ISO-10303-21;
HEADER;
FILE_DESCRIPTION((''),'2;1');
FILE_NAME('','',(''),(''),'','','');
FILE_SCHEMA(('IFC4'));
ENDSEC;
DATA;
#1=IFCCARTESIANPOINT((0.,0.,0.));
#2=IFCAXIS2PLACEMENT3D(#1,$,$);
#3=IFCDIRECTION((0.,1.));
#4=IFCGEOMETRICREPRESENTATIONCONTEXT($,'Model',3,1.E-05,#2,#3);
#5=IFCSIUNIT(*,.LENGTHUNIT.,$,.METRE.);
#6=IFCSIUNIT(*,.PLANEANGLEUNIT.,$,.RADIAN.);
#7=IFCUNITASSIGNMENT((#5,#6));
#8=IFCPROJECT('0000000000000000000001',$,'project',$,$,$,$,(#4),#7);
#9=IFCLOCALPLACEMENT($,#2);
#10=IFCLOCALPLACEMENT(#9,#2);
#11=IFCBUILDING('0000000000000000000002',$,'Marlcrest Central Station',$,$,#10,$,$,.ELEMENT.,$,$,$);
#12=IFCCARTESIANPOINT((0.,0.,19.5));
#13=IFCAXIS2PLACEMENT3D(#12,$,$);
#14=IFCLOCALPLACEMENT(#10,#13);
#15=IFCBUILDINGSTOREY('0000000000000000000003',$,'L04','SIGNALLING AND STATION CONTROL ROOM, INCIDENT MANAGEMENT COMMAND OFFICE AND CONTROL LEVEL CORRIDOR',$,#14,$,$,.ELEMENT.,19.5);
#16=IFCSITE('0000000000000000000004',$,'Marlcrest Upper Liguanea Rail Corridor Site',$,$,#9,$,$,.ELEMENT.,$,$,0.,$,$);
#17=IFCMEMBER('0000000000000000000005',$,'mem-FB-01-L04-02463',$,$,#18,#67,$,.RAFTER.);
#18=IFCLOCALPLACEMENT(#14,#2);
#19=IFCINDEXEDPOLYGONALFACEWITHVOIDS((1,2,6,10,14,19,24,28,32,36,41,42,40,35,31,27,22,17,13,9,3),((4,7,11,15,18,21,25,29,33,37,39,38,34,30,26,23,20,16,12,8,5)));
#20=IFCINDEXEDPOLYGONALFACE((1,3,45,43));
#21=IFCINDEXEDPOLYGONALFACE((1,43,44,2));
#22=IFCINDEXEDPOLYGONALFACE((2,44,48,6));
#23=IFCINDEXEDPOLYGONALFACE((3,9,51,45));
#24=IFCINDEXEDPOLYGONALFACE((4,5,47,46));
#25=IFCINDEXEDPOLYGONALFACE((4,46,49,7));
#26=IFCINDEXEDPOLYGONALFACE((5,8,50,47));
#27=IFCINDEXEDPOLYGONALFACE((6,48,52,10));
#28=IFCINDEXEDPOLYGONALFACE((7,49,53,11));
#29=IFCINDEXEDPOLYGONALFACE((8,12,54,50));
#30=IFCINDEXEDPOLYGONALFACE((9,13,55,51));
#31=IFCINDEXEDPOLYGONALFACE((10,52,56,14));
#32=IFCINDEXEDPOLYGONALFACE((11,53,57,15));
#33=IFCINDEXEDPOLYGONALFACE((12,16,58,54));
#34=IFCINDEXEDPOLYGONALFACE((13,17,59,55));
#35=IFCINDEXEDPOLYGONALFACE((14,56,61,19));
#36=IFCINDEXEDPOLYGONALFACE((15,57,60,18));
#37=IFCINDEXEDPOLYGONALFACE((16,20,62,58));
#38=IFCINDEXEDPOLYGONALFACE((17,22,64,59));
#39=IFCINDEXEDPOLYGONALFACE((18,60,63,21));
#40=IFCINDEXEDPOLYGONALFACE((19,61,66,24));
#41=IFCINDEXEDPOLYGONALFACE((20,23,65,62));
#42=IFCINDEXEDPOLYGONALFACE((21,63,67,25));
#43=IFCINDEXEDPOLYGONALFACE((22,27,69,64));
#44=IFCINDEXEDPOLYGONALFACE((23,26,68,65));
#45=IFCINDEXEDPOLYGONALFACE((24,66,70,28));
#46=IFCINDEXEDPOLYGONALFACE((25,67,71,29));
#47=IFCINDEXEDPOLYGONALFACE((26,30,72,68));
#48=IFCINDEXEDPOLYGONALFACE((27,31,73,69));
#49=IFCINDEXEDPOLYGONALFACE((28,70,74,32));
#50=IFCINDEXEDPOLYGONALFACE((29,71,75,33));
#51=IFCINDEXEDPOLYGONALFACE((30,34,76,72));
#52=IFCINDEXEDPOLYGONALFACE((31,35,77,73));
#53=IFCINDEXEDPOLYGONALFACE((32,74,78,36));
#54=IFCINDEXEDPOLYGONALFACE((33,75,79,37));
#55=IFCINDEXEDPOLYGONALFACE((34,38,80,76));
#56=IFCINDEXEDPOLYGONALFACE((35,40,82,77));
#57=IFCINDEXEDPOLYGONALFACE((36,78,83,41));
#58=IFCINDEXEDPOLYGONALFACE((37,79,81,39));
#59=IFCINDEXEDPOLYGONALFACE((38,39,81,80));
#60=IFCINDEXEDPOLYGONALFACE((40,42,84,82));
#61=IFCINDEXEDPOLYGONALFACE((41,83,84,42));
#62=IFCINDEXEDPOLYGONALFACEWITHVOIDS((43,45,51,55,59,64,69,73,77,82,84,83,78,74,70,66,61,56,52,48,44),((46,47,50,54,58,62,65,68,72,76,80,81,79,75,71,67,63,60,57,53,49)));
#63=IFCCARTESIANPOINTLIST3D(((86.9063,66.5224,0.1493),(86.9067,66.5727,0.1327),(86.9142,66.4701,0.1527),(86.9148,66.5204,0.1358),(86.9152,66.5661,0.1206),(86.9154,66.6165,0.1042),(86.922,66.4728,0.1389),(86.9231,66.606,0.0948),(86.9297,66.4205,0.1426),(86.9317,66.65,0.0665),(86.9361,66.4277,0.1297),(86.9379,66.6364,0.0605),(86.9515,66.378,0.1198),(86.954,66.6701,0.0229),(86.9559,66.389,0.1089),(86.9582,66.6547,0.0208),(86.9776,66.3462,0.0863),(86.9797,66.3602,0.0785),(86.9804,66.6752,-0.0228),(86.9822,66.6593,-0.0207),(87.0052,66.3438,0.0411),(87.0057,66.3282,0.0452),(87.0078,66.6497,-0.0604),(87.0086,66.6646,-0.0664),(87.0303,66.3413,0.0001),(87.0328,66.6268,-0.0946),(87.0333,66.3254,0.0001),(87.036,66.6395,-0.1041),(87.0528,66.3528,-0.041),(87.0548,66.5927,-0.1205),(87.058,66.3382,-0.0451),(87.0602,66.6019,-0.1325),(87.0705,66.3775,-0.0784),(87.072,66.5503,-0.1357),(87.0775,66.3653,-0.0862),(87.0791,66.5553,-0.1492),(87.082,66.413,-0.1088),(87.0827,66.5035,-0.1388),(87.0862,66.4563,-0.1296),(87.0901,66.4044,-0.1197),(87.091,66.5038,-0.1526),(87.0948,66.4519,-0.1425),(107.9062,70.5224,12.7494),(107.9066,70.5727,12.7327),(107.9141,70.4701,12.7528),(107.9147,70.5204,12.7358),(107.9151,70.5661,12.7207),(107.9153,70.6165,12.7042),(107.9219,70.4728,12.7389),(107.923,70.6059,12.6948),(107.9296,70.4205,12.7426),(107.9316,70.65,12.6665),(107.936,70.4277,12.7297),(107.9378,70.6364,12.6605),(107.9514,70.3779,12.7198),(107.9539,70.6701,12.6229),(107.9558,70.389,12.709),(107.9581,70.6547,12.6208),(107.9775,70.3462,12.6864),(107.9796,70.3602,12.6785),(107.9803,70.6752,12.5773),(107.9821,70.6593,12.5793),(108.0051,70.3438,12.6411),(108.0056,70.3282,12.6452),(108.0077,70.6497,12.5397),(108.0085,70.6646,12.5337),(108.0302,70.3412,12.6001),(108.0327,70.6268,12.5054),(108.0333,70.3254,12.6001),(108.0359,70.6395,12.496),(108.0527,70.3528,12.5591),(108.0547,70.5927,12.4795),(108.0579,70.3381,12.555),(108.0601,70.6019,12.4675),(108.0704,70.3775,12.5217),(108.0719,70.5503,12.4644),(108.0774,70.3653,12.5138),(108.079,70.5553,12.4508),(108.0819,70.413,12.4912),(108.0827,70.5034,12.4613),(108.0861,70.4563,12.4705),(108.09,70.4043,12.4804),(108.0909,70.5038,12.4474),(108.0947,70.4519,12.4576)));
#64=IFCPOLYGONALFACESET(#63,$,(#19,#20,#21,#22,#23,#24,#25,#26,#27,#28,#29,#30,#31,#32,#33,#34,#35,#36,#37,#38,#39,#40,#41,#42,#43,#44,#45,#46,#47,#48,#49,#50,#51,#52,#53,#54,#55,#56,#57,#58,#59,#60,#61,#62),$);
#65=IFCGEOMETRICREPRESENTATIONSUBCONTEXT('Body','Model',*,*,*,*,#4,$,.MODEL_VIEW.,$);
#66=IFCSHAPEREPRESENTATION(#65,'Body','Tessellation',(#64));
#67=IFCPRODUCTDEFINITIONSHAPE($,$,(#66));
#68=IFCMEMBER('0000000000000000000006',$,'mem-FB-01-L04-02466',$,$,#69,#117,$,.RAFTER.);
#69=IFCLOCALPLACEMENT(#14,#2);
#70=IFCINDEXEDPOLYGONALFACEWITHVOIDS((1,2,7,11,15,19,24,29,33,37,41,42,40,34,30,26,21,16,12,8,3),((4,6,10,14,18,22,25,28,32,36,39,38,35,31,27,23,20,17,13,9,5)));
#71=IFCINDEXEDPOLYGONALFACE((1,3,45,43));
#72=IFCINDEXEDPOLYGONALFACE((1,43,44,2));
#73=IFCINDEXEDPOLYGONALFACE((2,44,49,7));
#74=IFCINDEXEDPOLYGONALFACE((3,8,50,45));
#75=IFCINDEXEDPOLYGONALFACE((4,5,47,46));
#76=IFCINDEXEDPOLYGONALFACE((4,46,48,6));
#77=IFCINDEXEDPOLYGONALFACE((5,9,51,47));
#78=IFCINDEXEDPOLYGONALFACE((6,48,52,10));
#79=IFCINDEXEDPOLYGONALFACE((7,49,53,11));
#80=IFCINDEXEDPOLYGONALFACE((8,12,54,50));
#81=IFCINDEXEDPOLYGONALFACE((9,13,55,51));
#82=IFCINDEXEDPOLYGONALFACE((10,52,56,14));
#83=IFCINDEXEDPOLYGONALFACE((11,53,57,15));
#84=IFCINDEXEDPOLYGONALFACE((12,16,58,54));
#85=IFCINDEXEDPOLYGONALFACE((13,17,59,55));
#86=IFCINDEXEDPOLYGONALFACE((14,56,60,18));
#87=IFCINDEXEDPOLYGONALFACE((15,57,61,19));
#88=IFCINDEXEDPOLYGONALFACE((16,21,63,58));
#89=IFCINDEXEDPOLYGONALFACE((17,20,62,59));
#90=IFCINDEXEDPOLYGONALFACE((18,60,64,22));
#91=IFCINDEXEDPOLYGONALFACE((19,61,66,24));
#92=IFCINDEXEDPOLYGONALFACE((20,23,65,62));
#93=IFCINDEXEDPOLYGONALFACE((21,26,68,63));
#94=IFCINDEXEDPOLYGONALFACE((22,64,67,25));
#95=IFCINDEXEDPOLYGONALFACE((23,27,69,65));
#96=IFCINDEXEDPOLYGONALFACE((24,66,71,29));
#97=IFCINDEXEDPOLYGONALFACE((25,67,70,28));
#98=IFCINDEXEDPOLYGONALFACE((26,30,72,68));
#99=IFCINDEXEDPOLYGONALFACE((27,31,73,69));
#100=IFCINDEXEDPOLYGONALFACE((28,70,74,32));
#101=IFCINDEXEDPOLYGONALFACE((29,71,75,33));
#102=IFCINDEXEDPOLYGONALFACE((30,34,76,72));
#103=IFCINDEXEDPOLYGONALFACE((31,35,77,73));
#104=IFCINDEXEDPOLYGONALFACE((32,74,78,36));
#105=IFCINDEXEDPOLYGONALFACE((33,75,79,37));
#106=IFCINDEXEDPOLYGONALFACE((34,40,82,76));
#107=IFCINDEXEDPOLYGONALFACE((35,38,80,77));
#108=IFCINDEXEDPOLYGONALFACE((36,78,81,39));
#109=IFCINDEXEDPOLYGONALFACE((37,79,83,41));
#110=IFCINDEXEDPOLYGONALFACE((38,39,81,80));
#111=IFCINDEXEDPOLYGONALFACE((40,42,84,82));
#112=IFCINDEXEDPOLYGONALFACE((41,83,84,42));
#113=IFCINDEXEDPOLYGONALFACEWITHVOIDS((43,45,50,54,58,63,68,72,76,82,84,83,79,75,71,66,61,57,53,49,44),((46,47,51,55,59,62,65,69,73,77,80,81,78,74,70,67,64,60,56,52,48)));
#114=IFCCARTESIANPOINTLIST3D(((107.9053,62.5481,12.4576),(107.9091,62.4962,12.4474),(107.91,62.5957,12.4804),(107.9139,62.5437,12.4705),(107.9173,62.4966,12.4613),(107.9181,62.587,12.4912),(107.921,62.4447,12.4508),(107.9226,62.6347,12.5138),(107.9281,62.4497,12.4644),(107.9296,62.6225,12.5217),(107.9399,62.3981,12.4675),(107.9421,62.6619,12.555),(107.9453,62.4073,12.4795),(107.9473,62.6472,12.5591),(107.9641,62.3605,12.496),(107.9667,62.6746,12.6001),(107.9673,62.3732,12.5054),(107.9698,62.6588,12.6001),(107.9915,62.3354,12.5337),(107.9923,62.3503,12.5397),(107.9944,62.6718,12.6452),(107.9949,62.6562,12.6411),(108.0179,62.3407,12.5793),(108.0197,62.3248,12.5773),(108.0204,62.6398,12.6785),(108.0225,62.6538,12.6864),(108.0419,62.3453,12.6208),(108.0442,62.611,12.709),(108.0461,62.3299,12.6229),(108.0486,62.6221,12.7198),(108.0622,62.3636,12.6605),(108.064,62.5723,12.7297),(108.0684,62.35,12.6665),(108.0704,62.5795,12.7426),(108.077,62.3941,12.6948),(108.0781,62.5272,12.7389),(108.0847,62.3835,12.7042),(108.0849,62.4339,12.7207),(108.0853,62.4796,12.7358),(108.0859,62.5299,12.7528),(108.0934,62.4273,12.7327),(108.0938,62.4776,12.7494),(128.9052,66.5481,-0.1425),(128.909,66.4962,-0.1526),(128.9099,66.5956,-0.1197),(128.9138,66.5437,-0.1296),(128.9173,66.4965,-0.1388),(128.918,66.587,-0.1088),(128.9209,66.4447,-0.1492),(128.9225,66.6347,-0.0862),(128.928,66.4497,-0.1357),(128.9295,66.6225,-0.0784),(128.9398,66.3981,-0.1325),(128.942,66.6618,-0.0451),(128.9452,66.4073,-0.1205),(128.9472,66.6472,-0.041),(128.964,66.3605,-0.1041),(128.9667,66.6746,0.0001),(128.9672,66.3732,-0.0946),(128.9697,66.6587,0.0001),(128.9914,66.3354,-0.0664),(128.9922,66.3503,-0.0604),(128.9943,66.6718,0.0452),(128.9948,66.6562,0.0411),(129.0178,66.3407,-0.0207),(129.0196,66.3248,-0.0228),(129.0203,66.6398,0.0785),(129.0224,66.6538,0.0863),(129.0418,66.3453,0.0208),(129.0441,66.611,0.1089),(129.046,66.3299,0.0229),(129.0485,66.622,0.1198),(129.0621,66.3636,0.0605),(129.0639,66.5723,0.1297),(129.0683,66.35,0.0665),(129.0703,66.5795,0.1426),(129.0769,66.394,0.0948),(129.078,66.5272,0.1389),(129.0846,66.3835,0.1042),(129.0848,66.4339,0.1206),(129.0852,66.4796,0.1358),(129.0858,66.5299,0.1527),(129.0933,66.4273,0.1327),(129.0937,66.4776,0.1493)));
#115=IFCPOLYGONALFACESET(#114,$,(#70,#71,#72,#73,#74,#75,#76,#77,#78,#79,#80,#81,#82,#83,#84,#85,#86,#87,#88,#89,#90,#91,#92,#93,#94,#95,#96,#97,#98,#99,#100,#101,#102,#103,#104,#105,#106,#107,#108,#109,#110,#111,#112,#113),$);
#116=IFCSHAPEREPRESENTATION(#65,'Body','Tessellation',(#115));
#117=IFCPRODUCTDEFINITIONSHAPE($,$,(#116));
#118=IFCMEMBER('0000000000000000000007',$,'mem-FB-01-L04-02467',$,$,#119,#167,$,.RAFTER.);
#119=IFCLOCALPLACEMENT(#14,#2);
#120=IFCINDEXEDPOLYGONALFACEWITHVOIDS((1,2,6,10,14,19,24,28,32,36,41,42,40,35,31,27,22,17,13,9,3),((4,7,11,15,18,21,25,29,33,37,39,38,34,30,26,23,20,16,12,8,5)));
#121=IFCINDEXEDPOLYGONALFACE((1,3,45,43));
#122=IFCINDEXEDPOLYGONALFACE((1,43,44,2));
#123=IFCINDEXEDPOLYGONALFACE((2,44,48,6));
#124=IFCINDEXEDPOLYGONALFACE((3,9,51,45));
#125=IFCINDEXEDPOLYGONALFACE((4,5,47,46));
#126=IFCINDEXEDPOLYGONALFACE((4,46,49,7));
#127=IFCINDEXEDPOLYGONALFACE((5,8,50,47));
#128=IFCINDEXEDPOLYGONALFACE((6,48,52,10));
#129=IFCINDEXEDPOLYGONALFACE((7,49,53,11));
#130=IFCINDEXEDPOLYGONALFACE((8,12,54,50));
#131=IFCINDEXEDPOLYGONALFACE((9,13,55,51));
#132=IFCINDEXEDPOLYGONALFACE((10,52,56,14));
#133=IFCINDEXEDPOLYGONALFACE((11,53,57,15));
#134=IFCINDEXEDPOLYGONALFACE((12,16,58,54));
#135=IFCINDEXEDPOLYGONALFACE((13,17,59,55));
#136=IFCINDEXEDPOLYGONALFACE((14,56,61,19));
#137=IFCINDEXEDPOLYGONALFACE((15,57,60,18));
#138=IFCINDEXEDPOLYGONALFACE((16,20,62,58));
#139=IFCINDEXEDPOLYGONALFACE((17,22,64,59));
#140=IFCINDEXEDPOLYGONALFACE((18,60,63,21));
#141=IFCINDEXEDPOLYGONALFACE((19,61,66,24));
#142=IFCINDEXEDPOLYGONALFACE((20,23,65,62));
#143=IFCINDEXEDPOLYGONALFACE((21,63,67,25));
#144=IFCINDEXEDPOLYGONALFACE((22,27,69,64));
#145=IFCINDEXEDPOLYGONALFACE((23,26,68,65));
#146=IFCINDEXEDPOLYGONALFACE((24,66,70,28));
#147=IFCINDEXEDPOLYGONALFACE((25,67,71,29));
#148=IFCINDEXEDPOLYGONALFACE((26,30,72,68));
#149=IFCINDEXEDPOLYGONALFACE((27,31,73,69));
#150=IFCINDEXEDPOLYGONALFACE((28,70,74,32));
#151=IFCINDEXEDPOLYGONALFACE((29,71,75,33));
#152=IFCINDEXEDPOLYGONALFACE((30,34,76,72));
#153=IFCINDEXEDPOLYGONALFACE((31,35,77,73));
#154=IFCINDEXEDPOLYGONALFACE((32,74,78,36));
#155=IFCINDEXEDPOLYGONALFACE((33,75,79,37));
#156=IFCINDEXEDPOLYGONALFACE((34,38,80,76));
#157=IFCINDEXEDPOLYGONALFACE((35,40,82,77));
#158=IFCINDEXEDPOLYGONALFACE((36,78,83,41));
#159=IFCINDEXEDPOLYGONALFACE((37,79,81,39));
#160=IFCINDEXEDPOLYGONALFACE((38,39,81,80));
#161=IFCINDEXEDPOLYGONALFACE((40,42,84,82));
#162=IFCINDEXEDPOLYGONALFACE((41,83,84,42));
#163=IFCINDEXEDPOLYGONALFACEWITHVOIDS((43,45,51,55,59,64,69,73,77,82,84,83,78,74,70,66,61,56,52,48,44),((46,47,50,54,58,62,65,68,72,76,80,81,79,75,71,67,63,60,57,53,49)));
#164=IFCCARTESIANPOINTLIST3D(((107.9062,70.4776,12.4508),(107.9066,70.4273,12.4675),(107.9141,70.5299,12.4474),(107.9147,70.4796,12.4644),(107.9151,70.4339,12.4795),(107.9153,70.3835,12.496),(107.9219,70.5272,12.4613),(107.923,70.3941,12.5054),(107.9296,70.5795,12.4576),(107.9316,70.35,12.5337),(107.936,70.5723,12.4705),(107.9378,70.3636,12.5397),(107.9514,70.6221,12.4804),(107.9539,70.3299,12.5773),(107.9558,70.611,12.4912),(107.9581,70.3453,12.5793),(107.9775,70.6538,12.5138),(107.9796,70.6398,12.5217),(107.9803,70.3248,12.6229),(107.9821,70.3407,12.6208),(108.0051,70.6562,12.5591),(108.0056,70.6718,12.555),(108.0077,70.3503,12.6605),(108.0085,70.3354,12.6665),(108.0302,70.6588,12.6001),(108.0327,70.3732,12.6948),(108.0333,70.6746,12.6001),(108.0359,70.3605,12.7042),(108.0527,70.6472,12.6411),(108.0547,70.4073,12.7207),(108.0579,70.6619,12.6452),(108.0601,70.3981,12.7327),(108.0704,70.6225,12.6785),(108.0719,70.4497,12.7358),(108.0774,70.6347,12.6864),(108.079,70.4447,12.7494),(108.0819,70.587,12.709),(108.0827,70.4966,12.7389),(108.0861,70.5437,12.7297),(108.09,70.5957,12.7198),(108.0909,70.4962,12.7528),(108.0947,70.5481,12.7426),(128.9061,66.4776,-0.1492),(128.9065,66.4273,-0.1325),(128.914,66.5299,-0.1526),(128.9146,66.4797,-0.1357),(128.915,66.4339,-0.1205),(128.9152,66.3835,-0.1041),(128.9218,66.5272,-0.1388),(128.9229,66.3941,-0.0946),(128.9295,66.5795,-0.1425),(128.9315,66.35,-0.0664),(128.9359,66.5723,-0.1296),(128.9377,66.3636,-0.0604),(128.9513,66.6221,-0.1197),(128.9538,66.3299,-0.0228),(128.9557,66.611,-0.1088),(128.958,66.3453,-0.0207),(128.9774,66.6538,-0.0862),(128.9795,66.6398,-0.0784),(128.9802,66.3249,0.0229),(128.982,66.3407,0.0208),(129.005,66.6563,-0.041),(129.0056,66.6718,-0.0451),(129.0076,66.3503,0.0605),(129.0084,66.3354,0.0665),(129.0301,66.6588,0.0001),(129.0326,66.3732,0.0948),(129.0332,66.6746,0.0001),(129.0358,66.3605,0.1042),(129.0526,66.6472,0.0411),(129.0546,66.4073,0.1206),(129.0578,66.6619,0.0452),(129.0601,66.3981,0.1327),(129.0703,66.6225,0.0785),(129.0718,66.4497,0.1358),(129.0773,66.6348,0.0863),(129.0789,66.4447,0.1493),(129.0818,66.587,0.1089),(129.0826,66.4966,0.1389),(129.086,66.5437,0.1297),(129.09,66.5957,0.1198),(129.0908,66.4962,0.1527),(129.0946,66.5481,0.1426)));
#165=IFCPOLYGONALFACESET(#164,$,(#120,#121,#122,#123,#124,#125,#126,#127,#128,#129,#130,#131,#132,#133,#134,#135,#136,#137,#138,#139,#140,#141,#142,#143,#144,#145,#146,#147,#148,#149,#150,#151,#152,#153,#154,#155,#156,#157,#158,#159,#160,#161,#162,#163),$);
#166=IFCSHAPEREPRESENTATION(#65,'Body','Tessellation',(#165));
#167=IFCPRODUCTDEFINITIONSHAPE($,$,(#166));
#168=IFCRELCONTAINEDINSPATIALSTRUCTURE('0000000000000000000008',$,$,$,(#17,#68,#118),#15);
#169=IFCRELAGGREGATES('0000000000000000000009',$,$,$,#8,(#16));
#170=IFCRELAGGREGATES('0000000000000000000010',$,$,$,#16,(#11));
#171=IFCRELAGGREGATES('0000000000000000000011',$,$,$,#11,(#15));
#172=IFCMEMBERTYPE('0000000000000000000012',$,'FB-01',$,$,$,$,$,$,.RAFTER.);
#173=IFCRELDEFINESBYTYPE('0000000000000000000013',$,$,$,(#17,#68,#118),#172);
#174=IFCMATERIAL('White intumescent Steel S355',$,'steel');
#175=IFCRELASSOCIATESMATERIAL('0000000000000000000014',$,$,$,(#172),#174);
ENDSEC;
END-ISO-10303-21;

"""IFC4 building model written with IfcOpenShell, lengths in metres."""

from ifc_helpers import new_model, si_unit, direction, frame, origin, origin_2d, place, context, subcontext, project, spatial, hollow_circle, extrude, material, material_profile, profile_set, type_object, element, save


model = new_model("IFC4")

# Units and contexts
model_context = context("Model", 3, precision=1e-05, world=origin(), true_north=direction((0.0, 1.0)))
body_context = subcontext(model_context, "Body", "Model", "MODEL_VIEW")
ifc_project = project(units=[si_unit("LENGTHUNIT", "METRE"), si_unit("PLANEANGLEUNIT", "RADIAN")], contexts=[model_context])

# Site, building, storey
site_placement = place(None, origin())
site = spatial("IfcSite", under=ifc_project, at=site_placement, Name="Marlcrest Upper Liguanea Rail Corridor Site", CompositionType="ELEMENT", RefElevation=0.0)
building_placement = place(site_placement, origin())
building = spatial("IfcBuilding", under=site, at=building_placement, Name="Marlcrest Central Station", CompositionType="ELEMENT")
storey_placement = place(building_placement, frame((0.0, 0.0, 19.5)))
storey = spatial("IfcBuildingStorey", under=building, at=storey_placement, Name="L04", Description="SIGNALLING AND STATION CONTROL ROOM, INCIDENT MANAGEMENT COMMAND OFFICE AND CONTROL LEVEL CORRIDOR", CompositionType="ELEMENT", Elevation=19.5)

# Members
ifc_material_1 = material(Name="White intumescent Steel S355", Category="steel")
ifc_material_profile_1 = material_profile(ifc_material_1, hollow_circle(Radius=0.1777, WallThickness=0.0161, at=origin_2d()), Name="CHS 355.6x16")
ifc_profile_set_1 = profile_set([ifc_material_profile_1], Name="White intumescent Steel S355")
member_type_1 = type_object("IfcMemberType", Name="FB-01", PredefinedType="RAFTER", material=ifc_profile_set_1)
for number, where, z_axis, x_axis, name in (
    (1, (108.0, 70.5, 12.6001), (-0.846277, -0.161196, -0.50777), (0.187112, -0.982339, 0.0), "mem-FB-01-L04-02463"),
    (2, (108.0, 62.5, 12.6001), (0.846277, 0.161196, -0.50777), (-0.187112, 0.982339, 0.0), "mem-FB-01-L04-02466"),
    (3, (108.0, 70.5, 12.6001), (0.846277, -0.161196, -0.50777), (0.187112, 0.982339, 0.0), "mem-FB-01-L04-02467"),
):
    element("IfcMember", number, at=place(storey_placement, frame(where, z_axis=z_axis, x_axis=x_axis)), inside=storey, type_object=member_type_1, Name=name, PredefinedType="RAFTER", context=body_context, shape_type="SweptSolid", body=[
        extrude(hollow_circle(Radius=0.1777, WallThickness=0.0161, at=origin_2d()), origin(), (0.0, 0.0, 1.0), 24.8145),
    ])

save(model, "model.ifc")
